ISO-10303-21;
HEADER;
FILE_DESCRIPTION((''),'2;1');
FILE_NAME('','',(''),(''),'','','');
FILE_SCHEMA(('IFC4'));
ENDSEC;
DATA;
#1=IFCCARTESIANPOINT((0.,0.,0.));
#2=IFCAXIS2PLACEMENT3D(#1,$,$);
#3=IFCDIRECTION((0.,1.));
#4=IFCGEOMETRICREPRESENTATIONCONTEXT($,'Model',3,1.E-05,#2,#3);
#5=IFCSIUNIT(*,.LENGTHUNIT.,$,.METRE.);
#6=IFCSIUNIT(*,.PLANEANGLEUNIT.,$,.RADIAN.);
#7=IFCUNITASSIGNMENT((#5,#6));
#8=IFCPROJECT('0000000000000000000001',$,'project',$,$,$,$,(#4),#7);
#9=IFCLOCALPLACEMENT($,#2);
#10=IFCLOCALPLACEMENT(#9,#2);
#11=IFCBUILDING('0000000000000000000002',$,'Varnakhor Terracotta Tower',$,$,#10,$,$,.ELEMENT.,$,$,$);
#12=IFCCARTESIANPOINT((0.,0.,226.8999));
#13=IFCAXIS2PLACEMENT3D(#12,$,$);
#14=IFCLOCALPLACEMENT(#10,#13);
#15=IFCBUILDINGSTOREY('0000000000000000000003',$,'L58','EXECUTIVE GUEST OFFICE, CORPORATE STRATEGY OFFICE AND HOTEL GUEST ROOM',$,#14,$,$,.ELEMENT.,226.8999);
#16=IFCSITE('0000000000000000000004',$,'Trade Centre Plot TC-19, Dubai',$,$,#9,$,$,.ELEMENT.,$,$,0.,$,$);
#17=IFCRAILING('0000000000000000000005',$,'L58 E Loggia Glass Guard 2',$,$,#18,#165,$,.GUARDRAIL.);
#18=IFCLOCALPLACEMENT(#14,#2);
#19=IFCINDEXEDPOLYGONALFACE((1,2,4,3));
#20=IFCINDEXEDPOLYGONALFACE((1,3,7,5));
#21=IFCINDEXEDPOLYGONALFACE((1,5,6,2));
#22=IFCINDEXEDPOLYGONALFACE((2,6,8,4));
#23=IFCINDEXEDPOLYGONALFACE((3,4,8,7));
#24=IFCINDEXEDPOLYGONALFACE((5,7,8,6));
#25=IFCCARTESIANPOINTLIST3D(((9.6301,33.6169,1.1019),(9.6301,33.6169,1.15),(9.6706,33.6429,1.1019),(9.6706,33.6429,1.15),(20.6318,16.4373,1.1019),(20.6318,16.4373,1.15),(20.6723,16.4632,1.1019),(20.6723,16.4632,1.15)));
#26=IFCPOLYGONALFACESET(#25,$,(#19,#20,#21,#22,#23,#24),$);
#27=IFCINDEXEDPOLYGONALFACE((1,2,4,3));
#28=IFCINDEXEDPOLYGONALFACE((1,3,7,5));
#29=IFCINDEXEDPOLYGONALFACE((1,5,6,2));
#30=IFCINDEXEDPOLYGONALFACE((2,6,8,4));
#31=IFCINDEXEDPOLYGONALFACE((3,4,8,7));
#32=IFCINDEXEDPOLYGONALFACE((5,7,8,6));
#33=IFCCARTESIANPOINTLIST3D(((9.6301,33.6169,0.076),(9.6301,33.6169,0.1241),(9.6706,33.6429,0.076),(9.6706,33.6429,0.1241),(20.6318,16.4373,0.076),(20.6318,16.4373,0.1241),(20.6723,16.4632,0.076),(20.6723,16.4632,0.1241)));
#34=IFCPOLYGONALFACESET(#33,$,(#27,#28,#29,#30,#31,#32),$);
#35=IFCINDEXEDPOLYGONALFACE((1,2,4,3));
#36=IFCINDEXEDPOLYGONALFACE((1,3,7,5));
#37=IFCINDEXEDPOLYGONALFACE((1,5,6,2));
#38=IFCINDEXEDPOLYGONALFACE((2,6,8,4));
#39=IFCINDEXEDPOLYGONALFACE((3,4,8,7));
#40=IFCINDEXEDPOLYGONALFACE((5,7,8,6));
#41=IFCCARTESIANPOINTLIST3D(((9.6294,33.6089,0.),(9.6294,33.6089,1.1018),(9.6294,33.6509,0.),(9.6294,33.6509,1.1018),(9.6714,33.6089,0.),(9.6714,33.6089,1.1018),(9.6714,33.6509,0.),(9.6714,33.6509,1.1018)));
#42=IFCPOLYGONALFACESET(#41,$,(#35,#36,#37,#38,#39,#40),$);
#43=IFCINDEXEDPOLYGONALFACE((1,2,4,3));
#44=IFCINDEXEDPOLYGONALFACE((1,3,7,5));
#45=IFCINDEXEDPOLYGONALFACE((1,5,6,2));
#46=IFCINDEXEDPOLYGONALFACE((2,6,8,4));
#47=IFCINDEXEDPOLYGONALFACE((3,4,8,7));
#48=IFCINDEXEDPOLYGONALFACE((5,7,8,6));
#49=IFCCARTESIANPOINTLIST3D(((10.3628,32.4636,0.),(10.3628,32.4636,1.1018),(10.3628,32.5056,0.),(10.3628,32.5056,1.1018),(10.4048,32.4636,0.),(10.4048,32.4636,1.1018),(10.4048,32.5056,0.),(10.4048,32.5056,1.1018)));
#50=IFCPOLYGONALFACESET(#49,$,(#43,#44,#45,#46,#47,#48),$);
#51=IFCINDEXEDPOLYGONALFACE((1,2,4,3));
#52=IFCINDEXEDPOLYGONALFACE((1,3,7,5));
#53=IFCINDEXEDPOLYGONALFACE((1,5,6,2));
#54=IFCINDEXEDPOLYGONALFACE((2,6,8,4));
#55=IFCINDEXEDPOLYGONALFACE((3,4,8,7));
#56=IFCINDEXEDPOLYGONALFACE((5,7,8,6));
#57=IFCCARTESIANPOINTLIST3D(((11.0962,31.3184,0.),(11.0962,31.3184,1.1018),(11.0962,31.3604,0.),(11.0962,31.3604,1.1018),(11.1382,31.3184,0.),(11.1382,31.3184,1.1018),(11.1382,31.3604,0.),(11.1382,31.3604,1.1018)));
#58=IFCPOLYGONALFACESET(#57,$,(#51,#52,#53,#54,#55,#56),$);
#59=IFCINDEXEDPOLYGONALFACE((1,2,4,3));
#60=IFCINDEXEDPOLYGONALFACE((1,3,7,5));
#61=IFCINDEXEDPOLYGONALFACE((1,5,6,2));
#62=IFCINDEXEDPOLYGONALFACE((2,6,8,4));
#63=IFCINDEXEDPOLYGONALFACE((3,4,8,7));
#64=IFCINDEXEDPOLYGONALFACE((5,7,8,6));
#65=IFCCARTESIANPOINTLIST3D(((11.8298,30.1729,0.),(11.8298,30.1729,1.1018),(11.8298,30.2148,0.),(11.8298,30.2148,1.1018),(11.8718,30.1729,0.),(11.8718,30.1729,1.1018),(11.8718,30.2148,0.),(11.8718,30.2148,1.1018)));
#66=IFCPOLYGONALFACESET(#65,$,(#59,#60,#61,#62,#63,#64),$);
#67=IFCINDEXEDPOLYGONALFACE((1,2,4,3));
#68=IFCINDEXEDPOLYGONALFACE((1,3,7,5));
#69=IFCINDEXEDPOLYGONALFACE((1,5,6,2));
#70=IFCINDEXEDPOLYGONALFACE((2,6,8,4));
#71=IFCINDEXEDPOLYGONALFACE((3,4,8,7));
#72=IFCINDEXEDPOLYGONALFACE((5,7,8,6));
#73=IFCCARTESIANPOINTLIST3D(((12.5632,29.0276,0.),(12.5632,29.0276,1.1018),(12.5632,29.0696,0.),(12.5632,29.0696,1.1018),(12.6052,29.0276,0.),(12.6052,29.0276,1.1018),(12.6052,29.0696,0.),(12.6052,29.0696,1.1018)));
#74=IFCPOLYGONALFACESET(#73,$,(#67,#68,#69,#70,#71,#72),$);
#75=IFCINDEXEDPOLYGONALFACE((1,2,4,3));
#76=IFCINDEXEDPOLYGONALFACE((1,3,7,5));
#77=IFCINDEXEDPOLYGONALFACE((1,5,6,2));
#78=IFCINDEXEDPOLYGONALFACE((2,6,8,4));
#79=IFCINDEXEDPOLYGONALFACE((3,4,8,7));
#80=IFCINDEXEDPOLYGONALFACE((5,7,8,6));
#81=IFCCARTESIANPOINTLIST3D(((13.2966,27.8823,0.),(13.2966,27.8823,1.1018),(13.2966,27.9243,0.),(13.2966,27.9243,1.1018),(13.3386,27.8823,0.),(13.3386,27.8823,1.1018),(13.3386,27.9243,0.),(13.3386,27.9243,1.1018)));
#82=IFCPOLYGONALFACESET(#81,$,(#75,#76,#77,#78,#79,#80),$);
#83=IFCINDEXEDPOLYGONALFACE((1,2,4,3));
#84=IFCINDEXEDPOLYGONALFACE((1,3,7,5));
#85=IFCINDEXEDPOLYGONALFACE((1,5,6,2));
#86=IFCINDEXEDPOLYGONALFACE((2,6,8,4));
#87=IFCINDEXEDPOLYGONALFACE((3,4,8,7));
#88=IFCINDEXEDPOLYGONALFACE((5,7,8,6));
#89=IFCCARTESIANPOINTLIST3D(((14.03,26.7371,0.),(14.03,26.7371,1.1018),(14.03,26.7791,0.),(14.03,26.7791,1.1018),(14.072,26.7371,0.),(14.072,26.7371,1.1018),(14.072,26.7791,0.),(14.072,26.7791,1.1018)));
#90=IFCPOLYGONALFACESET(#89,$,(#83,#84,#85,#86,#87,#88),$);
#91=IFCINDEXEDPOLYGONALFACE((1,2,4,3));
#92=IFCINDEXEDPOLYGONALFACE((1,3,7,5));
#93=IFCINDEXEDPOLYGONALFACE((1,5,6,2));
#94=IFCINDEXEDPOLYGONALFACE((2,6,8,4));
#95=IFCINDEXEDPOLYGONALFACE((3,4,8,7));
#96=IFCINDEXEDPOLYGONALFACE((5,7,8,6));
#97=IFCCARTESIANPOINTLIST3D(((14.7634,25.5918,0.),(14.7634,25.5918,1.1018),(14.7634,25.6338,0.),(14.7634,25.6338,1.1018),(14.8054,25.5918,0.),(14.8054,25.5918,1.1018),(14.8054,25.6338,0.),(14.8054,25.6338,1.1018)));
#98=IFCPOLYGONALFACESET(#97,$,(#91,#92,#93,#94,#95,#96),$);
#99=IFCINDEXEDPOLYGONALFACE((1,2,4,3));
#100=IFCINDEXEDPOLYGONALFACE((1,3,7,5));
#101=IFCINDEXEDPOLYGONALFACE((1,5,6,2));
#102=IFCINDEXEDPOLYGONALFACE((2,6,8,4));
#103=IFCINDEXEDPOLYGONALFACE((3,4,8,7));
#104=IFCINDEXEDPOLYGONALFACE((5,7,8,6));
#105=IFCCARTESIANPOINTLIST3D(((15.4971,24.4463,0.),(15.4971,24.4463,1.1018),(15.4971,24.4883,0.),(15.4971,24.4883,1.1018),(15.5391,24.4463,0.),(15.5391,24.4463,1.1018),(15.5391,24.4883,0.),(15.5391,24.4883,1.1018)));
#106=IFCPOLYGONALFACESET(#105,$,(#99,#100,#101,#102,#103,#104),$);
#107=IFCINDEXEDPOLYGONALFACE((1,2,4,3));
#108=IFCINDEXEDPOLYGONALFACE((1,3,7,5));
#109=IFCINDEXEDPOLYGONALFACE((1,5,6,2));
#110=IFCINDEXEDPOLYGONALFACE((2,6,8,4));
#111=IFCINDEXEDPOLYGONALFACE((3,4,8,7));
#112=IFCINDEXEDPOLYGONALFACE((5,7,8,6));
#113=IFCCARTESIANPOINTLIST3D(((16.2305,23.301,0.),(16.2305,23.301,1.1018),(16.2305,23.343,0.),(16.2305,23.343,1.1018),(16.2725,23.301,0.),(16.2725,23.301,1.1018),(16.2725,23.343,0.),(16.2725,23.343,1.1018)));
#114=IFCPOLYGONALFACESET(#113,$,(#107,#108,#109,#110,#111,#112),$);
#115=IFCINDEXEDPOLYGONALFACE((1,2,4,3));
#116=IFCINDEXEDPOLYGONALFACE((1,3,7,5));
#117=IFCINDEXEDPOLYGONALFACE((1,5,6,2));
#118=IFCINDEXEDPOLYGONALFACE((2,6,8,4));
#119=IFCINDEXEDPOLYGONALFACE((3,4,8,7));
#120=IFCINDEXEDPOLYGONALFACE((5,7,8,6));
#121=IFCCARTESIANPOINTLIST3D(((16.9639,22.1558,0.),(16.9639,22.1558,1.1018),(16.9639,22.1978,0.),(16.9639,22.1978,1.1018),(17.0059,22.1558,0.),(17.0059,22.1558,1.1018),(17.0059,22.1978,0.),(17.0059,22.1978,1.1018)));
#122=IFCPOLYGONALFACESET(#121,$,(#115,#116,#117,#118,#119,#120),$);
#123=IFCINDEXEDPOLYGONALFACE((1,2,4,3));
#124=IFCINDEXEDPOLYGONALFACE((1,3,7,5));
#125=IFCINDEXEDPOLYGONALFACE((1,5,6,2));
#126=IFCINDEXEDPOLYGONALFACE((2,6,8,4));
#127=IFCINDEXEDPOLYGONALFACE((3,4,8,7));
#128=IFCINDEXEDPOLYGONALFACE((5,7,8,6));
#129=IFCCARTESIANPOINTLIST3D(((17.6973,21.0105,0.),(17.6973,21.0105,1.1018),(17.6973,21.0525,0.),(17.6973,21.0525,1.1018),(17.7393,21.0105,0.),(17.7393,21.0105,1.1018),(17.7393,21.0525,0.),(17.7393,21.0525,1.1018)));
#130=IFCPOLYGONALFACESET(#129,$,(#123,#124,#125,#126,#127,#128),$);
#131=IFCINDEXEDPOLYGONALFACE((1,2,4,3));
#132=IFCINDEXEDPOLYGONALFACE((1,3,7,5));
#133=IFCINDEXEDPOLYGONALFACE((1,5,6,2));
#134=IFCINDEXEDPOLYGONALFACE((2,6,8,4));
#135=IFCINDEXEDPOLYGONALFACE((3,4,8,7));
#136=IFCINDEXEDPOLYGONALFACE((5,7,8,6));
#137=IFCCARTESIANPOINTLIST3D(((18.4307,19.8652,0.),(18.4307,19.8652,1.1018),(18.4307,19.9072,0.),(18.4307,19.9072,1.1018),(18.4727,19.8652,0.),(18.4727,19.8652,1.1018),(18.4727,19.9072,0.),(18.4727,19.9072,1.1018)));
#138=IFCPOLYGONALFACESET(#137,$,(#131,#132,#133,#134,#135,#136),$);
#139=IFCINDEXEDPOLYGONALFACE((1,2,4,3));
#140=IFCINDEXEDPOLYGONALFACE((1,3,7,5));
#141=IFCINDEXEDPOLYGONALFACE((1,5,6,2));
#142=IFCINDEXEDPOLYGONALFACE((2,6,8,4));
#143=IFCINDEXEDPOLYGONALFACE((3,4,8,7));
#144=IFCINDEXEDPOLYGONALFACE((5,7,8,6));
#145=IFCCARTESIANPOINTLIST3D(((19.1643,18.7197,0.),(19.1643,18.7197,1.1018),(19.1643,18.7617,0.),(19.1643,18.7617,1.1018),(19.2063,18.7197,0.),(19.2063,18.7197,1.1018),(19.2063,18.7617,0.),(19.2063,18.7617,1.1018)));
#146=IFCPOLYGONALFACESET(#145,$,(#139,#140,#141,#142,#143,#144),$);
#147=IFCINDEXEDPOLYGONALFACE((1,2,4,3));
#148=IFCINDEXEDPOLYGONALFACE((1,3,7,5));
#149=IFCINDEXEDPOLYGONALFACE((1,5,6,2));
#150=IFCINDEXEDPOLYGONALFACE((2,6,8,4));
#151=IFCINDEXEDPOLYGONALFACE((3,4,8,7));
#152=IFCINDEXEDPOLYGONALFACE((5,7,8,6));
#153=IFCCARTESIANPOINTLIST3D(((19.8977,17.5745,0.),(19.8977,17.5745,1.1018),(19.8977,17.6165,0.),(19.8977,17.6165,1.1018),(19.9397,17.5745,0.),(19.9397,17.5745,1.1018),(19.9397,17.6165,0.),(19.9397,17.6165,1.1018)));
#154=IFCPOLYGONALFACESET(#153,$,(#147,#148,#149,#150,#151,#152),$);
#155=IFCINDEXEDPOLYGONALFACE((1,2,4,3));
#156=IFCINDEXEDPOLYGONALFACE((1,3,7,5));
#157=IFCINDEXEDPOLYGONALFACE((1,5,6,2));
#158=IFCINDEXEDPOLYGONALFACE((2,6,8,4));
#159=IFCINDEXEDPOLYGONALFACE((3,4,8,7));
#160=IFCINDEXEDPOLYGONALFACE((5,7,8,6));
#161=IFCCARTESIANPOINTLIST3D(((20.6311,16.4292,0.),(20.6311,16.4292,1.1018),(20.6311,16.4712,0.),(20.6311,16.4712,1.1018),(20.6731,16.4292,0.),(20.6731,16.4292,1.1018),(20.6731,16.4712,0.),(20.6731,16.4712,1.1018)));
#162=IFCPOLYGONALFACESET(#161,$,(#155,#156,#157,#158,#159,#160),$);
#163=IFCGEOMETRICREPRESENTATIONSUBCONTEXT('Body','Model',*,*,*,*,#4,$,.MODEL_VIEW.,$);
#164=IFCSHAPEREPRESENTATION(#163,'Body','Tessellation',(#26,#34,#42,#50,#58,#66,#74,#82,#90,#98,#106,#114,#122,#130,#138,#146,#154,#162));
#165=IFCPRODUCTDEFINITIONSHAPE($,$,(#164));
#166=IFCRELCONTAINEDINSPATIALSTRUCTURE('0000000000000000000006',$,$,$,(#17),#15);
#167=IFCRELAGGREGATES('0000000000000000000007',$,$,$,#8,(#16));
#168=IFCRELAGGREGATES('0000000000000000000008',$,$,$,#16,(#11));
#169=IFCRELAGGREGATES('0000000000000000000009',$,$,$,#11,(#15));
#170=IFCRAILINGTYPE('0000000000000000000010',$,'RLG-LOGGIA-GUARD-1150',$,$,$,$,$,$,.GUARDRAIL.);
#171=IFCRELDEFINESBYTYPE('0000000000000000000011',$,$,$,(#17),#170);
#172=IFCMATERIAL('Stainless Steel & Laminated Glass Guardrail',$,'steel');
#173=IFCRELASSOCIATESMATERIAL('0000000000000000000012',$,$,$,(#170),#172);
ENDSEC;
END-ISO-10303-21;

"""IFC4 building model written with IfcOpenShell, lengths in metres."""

from ifc_helpers import new_model, si_unit, direction, frame, origin, origin_2d, place, context, subcontext, project, spatial, rectangle, extrude, material, type_object, element, save


model = new_model("IFC4")

# Units and contexts
model_context = context("Model", 3, precision=1e-05, world=origin(), true_north=direction((0.0, 1.0)))
body_context = subcontext(model_context, "Body", "Model", "MODEL_VIEW")
ifc_project = project(units=[si_unit("LENGTHUNIT", "METRE"), si_unit("PLANEANGLEUNIT", "RADIAN")], contexts=[model_context])

# Site, building, storey
site_placement = place(None, origin())
site = spatial("IfcSite", under=ifc_project, at=site_placement, Name="Trade Centre Plot TC-19, Dubai", CompositionType="ELEMENT", RefElevation=0.0)
building_placement = place(site_placement, origin())
building = spatial("IfcBuilding", under=site, at=building_placement, Name="Varnakhor Terracotta Tower", CompositionType="ELEMENT")
storey_placement = place(building_placement, frame((0.0, 0.0, 226.8999)))
storey = spatial("IfcBuildingStorey", under=building, at=storey_placement, Name="L58", Description="EXECUTIVE GUEST OFFICE, CORPORATE STRATEGY OFFICE AND HOTEL GUEST ROOM", CompositionType="ELEMENT", Elevation=226.8999)

# Railing
ifc_material_1 = material(Name="Stainless Steel & Laminated Glass Guardrail", Category="steel")
railing_type = type_object("IfcRailingType", Name="RLG-LOGGIA-GUARD-1150", PredefinedType="GUARDRAIL", material=ifc_material_1)
railing_1_placement = place(storey_placement, frame((9.6504, 33.6299, 0.0)))
element("IfcRailing", 1, at=railing_1_placement, inside=storey, type_object=railing_type, Name="L58 E Loggia Glass Guard 2", PredefinedType="GUARDRAIL", context=body_context, shape_type="SweptSolid", body=[
    extrude(rectangle(XDim=0.0481, YDim=0.0481, at=origin_2d()), frame((0.0, 0.0, 1.126), z_axis=(0.539287, -0.842122, 0.0), x_axis=(0.842122, 0.539287, 0.0)), (0.0, 0.0, 1.0), 20.4004),
    extrude(rectangle(XDim=0.0481, YDim=0.0481, at=origin_2d()), frame((0.0, 0.0, 0.1001), z_axis=(0.539287, -0.842122, 0.0), x_axis=(0.842122, 0.539287, 0.0)), (0.0, 0.0, 1.0), 20.4004),
    extrude(rectangle(XDim=0.042, YDim=0.042, at=origin_2d()), origin(), (0.0, 0.0, 1.0), 1.1018),
    extrude(rectangle(XDim=0.042, YDim=0.042, at=origin_2d()), frame((0.7334, -1.1453, 0.0)), (0.0, 0.0, 1.0), 1.1018),
    extrude(rectangle(XDim=0.042, YDim=0.042, at=origin_2d()), frame((1.4668, -2.2905, 0.0)), (0.0, 0.0, 1.0), 1.1018),
    extrude(rectangle(XDim=0.042, YDim=0.042, at=origin_2d()), frame((2.2004, -3.436, 0.0)), (0.0, 0.0, 1.0), 1.1018),
    extrude(rectangle(XDim=0.042, YDim=0.042, at=origin_2d()), frame((2.9338, -4.5813, 0.0)), (0.0, 0.0, 1.0), 1.1018),
    extrude(rectangle(XDim=0.042, YDim=0.042, at=origin_2d()), frame((3.6672, -5.7266, 0.0)), (0.0, 0.0, 1.0), 1.1018),
    extrude(rectangle(XDim=0.042, YDim=0.042, at=origin_2d()), frame((4.4006, -6.8718, 0.0)), (0.0, 0.0, 1.0), 1.1018),
    extrude(rectangle(XDim=0.042, YDim=0.042, at=origin_2d()), frame((5.134, -8.0171, 0.0)), (0.0, 0.0, 1.0), 1.1018),
    extrude(rectangle(XDim=0.042, YDim=0.042, at=origin_2d()), frame((5.8677, -9.1626, 0.0)), (0.0, 0.0, 1.0), 1.1018),
    extrude(rectangle(XDim=0.042, YDim=0.042, at=origin_2d()), frame((6.6011, -10.3079, 0.0)), (0.0, 0.0, 1.0), 1.1018),
    extrude(rectangle(XDim=0.042, YDim=0.042, at=origin_2d()), frame((7.3345, -11.4531, 0.0)), (0.0, 0.0, 1.0), 1.1018),
    extrude(rectangle(XDim=0.042, YDim=0.042, at=origin_2d()), frame((8.0679, -12.5984, 0.0)), (0.0, 0.0, 1.0), 1.1018),
    extrude(rectangle(XDim=0.042, YDim=0.042, at=origin_2d()), frame((8.8013, -13.7437, 0.0)), (0.0, 0.0, 1.0), 1.1018),
    extrude(rectangle(XDim=0.042, YDim=0.042, at=origin_2d()), frame((9.5349, -14.8892, 0.0)), (0.0, 0.0, 1.0), 1.1018),
    extrude(rectangle(XDim=0.042, YDim=0.042, at=origin_2d()), frame((10.2683, -16.0344, 0.0)), (0.0, 0.0, 1.0), 1.1018),
    extrude(rectangle(XDim=0.042, YDim=0.042, at=origin_2d()), frame((11.0017, -17.1797, 0.0)), (0.0, 0.0, 1.0), 1.1018),
])

save(model, "model.ifc")
